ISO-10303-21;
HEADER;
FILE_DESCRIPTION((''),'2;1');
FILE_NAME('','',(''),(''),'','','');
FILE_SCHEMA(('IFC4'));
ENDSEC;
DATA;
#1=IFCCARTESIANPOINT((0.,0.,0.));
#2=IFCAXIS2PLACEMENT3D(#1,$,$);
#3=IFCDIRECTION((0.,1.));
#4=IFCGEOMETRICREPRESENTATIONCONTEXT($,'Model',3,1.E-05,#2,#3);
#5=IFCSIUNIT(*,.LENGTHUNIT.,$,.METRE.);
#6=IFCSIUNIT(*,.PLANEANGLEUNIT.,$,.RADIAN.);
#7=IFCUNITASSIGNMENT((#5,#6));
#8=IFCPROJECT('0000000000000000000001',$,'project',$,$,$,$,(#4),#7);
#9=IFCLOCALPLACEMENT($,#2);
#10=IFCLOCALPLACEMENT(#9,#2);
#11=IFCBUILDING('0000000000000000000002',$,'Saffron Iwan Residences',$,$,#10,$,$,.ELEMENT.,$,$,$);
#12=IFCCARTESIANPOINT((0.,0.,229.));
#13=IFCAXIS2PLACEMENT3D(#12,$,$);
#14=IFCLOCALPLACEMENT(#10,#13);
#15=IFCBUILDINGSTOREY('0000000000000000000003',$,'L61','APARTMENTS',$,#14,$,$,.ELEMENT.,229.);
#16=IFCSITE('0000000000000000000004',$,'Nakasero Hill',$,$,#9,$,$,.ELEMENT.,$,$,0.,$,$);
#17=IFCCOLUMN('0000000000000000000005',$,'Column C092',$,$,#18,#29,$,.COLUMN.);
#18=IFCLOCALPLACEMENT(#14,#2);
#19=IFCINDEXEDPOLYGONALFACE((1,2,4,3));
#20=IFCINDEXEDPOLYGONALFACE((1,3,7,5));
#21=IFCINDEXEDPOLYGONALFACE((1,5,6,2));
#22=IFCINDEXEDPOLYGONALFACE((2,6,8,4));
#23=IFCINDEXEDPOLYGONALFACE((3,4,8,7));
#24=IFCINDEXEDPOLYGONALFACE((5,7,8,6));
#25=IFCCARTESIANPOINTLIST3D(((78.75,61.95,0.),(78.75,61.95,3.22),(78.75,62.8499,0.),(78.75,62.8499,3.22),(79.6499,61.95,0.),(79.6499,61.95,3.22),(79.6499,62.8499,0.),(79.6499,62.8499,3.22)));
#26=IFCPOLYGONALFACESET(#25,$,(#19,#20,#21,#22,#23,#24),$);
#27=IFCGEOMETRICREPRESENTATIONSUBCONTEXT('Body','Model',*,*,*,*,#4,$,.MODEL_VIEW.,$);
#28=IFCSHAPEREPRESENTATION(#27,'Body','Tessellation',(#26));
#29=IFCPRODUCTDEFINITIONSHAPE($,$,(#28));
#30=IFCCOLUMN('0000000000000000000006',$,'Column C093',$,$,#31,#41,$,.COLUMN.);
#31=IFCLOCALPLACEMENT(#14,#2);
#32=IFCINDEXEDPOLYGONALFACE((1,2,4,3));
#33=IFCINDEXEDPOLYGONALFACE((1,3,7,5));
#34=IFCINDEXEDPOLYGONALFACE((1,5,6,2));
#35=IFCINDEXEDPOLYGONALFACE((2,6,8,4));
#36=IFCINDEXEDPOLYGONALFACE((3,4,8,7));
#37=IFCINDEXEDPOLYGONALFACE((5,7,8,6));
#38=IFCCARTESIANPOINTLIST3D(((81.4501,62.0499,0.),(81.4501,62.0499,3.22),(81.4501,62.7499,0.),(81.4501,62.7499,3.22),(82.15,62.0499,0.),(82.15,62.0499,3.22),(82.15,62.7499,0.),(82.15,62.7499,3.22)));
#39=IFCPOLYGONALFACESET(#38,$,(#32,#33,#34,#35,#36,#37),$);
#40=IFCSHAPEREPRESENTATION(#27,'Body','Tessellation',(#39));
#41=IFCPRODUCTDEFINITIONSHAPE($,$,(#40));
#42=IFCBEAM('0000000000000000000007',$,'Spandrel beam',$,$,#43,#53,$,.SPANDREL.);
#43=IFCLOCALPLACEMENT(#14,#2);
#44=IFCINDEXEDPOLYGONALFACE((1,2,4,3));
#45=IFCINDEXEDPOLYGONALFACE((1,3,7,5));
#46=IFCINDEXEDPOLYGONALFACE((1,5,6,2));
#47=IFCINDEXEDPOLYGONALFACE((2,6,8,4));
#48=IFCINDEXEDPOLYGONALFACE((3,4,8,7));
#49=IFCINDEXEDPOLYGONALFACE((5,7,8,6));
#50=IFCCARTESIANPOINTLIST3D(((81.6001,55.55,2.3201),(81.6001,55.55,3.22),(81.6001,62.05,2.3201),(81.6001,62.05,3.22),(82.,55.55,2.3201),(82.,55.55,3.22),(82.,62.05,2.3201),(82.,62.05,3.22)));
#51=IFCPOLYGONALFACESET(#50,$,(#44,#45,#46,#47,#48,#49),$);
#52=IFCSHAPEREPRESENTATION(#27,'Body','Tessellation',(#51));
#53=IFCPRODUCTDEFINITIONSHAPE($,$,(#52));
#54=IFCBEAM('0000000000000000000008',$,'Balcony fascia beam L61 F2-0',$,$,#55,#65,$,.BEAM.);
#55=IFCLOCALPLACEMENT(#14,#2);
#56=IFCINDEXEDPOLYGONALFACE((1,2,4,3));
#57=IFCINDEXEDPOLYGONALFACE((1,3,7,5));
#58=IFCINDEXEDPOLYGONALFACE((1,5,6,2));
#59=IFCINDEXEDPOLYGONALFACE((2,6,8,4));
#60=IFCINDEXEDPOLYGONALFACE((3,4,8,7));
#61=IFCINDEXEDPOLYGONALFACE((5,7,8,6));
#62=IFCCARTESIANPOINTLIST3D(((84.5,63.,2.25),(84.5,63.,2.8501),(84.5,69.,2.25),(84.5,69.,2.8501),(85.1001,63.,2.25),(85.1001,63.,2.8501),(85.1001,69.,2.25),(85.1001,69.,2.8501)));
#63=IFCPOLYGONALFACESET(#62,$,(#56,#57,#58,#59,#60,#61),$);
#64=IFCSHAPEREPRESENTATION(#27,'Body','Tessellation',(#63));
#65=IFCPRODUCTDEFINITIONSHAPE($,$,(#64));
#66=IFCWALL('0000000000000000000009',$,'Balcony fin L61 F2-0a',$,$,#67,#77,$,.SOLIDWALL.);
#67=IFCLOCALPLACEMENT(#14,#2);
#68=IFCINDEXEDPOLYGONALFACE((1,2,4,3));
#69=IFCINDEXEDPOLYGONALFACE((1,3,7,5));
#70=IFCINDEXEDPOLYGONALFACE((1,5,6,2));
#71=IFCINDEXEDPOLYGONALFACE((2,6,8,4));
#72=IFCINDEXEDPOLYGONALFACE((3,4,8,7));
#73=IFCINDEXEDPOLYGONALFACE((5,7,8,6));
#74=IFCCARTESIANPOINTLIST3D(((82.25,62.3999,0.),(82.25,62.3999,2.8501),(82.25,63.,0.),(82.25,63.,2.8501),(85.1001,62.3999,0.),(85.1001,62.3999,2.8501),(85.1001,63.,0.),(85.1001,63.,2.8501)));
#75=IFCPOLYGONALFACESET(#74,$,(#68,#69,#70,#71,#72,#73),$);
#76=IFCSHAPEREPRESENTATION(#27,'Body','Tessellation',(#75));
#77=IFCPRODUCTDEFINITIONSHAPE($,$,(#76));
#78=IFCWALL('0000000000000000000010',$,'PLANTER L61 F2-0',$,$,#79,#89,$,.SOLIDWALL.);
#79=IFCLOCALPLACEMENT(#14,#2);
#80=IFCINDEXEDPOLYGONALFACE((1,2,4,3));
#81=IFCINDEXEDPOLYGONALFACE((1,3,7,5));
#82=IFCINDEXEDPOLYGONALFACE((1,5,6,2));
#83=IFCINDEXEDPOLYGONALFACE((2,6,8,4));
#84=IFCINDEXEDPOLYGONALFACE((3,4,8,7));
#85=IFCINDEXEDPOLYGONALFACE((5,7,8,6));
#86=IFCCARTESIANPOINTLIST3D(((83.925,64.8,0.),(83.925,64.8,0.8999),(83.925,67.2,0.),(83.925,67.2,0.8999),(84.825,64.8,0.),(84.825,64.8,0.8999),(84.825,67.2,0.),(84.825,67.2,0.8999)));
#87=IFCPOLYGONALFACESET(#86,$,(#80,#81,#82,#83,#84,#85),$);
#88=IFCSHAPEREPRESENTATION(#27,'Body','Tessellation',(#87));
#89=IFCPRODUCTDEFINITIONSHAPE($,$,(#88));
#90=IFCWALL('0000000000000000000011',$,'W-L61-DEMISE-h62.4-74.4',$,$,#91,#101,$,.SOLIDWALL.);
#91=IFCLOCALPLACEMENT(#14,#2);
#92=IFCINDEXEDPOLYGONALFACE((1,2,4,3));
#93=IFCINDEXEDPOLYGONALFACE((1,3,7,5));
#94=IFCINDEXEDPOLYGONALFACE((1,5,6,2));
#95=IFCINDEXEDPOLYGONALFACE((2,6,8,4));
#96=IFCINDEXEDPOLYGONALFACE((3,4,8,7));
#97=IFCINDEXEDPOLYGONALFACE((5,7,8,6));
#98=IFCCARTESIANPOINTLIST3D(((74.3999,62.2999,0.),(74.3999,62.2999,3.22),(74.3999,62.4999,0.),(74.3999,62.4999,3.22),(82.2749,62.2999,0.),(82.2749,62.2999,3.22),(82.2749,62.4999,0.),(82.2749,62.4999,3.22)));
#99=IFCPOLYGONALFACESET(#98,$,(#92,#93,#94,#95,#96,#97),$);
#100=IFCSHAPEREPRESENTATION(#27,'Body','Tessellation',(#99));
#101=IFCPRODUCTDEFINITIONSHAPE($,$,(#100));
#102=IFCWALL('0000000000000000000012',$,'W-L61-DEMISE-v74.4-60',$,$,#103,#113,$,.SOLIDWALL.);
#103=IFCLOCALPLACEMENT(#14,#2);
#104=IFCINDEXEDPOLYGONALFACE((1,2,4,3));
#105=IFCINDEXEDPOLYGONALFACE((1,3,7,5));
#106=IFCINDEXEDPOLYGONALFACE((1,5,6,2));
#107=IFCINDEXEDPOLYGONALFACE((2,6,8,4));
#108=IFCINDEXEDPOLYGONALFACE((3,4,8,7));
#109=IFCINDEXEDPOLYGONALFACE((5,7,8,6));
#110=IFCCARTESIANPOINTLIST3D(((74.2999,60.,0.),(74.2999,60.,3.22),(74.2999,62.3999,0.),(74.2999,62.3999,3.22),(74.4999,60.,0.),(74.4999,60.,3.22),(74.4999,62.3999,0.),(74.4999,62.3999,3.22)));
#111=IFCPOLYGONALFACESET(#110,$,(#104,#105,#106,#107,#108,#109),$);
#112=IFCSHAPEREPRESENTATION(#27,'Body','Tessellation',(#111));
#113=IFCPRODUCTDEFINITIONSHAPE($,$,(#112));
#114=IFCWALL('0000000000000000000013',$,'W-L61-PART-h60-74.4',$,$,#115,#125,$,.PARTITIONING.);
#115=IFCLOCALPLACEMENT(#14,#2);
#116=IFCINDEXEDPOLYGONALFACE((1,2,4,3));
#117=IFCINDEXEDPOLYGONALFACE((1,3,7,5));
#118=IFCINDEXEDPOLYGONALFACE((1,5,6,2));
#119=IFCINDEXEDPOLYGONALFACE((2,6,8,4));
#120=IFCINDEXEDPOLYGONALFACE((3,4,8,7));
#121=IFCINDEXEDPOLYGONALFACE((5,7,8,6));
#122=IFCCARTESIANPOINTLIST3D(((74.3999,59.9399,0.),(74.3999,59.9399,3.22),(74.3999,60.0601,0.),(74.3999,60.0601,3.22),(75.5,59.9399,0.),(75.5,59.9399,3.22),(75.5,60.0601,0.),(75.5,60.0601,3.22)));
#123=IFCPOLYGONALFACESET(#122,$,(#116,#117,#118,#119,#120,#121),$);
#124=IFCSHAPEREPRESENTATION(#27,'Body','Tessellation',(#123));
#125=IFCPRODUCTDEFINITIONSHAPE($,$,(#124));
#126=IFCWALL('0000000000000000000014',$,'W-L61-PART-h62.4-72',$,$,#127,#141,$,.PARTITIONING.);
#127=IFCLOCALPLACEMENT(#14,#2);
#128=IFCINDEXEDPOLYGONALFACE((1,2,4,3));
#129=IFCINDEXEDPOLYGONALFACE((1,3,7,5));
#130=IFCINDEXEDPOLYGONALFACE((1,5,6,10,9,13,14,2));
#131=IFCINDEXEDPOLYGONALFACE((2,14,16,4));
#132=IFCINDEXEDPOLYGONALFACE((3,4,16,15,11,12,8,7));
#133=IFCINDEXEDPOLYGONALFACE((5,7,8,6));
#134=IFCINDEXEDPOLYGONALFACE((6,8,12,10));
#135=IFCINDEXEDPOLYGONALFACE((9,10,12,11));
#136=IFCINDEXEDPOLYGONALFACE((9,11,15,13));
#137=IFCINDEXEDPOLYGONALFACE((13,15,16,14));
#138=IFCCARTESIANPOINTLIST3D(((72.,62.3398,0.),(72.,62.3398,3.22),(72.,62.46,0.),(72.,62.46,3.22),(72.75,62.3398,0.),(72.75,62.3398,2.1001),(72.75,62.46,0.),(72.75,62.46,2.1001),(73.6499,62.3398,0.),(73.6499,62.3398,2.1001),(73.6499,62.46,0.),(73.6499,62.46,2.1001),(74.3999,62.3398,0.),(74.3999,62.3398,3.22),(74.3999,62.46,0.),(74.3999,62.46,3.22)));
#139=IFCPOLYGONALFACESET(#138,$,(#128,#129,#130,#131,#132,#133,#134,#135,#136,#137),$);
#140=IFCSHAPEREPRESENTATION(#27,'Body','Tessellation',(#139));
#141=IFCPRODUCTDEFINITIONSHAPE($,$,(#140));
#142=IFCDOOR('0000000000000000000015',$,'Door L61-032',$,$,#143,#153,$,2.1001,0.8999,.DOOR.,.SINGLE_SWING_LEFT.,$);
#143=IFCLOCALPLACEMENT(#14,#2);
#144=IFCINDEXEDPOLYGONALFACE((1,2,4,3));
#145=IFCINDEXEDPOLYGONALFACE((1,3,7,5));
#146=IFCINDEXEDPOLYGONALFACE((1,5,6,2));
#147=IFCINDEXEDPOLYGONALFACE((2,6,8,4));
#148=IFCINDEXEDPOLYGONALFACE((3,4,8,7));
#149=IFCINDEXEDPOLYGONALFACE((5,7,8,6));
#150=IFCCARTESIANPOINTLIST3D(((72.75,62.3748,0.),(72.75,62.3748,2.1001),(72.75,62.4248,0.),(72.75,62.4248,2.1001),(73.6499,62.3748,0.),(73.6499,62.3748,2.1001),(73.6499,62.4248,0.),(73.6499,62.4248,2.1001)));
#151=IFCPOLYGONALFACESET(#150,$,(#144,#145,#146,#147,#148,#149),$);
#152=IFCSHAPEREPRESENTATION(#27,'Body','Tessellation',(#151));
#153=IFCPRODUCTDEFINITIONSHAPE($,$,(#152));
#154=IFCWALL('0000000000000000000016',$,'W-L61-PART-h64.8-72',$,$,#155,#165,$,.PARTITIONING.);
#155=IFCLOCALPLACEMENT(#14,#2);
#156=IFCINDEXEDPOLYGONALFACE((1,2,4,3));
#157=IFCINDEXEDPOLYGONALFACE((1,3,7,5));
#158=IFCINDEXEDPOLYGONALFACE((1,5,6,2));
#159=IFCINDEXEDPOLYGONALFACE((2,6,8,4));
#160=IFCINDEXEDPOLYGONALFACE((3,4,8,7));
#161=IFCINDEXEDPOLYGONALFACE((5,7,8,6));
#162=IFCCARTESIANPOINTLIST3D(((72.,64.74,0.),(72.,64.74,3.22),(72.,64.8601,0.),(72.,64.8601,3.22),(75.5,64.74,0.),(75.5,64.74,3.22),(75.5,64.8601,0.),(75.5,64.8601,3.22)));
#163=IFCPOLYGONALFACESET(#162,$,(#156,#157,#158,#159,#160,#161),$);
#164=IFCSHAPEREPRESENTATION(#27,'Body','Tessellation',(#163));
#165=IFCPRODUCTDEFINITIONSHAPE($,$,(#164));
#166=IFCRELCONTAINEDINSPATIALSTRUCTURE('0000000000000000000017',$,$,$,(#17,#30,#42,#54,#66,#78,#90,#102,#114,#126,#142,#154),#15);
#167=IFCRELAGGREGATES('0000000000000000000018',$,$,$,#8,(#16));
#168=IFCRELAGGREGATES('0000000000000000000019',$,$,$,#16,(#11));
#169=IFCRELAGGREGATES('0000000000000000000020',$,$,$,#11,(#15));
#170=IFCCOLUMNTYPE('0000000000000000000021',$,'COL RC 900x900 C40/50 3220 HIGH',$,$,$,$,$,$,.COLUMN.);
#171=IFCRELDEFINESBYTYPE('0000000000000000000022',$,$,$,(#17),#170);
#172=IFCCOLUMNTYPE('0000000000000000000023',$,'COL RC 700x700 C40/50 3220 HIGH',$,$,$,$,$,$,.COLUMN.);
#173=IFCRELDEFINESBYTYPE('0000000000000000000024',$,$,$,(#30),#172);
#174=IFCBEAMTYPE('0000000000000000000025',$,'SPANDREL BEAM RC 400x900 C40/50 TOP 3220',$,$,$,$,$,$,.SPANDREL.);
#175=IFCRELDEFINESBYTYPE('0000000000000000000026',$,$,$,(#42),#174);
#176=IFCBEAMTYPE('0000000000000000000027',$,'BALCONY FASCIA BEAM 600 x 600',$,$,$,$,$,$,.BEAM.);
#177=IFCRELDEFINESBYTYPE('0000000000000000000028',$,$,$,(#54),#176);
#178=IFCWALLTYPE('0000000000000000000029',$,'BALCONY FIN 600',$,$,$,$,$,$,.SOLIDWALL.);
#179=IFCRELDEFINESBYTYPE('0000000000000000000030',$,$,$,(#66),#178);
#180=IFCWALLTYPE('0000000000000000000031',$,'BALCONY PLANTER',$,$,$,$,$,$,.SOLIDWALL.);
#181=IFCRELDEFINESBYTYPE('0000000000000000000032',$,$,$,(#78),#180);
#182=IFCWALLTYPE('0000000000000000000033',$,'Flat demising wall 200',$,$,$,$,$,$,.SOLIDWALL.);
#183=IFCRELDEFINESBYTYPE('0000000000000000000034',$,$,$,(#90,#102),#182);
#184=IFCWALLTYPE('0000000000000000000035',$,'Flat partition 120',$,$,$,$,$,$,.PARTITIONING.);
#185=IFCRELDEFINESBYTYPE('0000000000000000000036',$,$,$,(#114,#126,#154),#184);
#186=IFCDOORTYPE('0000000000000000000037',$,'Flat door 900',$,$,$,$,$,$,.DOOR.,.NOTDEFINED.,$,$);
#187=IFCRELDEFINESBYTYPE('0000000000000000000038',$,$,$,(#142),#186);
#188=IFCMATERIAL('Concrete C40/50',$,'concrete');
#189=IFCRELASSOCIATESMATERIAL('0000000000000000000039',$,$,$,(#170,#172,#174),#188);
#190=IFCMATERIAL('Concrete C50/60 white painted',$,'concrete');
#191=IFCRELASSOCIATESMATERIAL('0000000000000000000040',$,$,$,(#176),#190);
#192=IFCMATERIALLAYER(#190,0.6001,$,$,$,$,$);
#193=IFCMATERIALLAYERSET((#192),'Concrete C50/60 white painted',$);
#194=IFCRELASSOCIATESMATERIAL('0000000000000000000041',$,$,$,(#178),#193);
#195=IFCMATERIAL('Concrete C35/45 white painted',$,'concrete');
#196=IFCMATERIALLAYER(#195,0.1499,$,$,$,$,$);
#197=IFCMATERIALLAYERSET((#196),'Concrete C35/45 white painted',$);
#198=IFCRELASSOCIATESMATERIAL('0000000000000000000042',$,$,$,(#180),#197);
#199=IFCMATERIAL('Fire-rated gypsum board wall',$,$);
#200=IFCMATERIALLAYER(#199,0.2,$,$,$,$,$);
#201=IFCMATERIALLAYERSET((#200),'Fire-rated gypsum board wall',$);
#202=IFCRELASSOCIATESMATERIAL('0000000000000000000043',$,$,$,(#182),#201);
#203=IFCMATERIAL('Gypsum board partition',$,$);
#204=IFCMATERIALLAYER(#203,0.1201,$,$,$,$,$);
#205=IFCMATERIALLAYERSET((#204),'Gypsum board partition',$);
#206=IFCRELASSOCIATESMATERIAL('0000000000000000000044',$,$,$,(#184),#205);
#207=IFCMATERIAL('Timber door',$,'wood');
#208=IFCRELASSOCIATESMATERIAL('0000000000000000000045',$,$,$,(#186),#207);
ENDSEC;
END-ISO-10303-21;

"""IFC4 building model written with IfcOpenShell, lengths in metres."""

from ifc_helpers import new_model, si_unit, direction, frame, frame_2d, origin, origin_2d, place, context, subcontext, project, spatial, rectangle, extrude, source, transform, mapped, material, layer, layer_set, material_profile, profile_set, type_object, element, fill, save


model = new_model("IFC4")

# Units and contexts
model_context = context("Model", 3, precision=1e-05, world=origin(), true_north=direction((0.0, 1.0)))
body_context = subcontext(model_context, "Body", "Model", "MODEL_VIEW")
ifc_project = project(units=[si_unit("LENGTHUNIT", "METRE"), si_unit("PLANEANGLEUNIT", "RADIAN")], contexts=[model_context])

# Site, building, storey
site_placement = place(None, origin())
site = spatial("IfcSite", under=ifc_project, at=site_placement, Name="Nakasero Hill", CompositionType="ELEMENT", RefElevation=0.0)
building_placement = place(site_placement, origin())
building = spatial("IfcBuilding", under=site, at=building_placement, Name="Saffron Iwan Residences", CompositionType="ELEMENT")
storey_placement = place(building_placement, frame((0.0, 0.0, 229.0)))
storey = spatial("IfcBuildingStorey", under=building, at=storey_placement, Name="L61", Description="APARTMENTS", CompositionType="ELEMENT", Elevation=229.0)

# Columns
ifc_material_1 = material(Name="Concrete C40/50", Category="concrete")
ifc_material_profile_1 = material_profile(ifc_material_1, rectangle(XDim=0.8999, YDim=0.8999, at=origin_2d()), Name="RC 900x900")
ifc_profile_set_1 = profile_set([ifc_material_profile_1], Name="Concrete C40/50")
column_type_1 = type_object("IfcColumnType", Name="COL RC 900x900 C40/50 3220 HIGH", PredefinedType="COLUMN", material=ifc_profile_set_1)
shared_shape_1 = source(origin(), body_context, "Body", "SweptSolid", [
    extrude(rectangle(XDim=0.8999, YDim=0.8999, at=origin_2d()), origin(), (0.0, 0.0, 1.0), 3.22),
])
column_1_placement = place(storey_placement, frame((79.2, 62.3999, 0.0), z_axis=(0.0, 0.0, 1.0), x_axis=(1.0, 0.0, 0.0)))
element("IfcColumn", 1, at=column_1_placement, inside=storey, type_object=column_type_1, Name="Column C092", PredefinedType="COLUMN", context=body_context, shape_type="MappedRepresentation", body=[
    mapped(shared_shape_1, transform((0.0, 0.0, 0.0))),
])
ifc_material_profile_2 = material_profile(ifc_material_1, rectangle(XDim=0.7, YDim=0.7, at=origin_2d()), Name="RC 700x700")
ifc_profile_set_2 = profile_set([ifc_material_profile_2], Name="Concrete C40/50")
column_type_2 = type_object("IfcColumnType", Name="COL RC 700x700 C40/50 3220 HIGH", PredefinedType="COLUMN", material=ifc_profile_set_2)
shared_shape_2 = source(origin(), body_context, "Body", "SweptSolid", [
    extrude(rectangle(XDim=0.7, YDim=0.7, at=origin_2d()), origin(), (0.0, 0.0, 1.0), 3.22),
])
column_2_placement = place(storey_placement, frame((81.8, 62.3999, 0.0), z_axis=(0.0, 0.0, 1.0), x_axis=(1.0, 0.0, 0.0)))
element("IfcColumn", 2, at=column_2_placement, inside=storey, type_object=column_type_2, Name="Column C093", PredefinedType="COLUMN", context=body_context, shape_type="MappedRepresentation", body=[
    mapped(shared_shape_2, transform((0.0, 0.0, 0.0))),
])

# Beams
ifc_material_profile_3 = material_profile(ifc_material_1, rectangle(XDim=0.3999, YDim=0.8999, at=origin_2d()), Name="RC 400x900")
ifc_profile_set_3 = profile_set([ifc_material_profile_3], Name="Concrete C40/50")
beam_type_1 = type_object("IfcBeamType", Name="SPANDREL BEAM RC 400x900 C40/50 TOP 3220", PredefinedType="SPANDREL", material=ifc_profile_set_3)
shared_shape_3 = source(origin(), body_context, "Body", "SweptSolid", [
    extrude(rectangle(XDim=0.3999, YDim=0.8999, at=origin_2d()), origin(), (0.0, 0.0, 1.0), 6.5),
])
beam_1_placement = place(storey_placement, frame((81.8, 62.05, 2.77), z_axis=(0.0, -1.0, 0.0), x_axis=(1.0, 0.0, 0.0)))
element("IfcBeam", 3, at=beam_1_placement, inside=storey, type_object=beam_type_1, Name="Spandrel beam", PredefinedType="SPANDREL", context=body_context, shape_type="MappedRepresentation", body=[
    mapped(shared_shape_3, transform((0.0, 0.0, 0.0))),
])
ifc_material_2 = material(Name="Concrete C50/60 white painted", Category="concrete")
ifc_material_profile_4 = material_profile(ifc_material_2, rectangle(XDim=0.6001, YDim=0.6001, at=origin_2d()), Name="BALCONY FASCIA BEAM 600 x 600")
ifc_profile_set_4 = profile_set([ifc_material_profile_4], Name="Concrete C50/60 white painted")
beam_type_2 = type_object("IfcBeamType", Name="BALCONY FASCIA BEAM 600 x 600", PredefinedType="BEAM", material=ifc_profile_set_4)
shared_shape_4 = source(origin(), body_context, "Body", "SweptSolid", [
    extrude(rectangle(XDim=0.6001, YDim=0.6001, at=origin_2d()), origin(), (0.0, 0.0, 1.0), 6.0),
])
beam_2_placement = place(storey_placement, frame((84.8, 63.0, 2.55), z_axis=(0.0, 1.0, 0.0), x_axis=(-1.0, 0.0, 0.0)))
element("IfcBeam", 4, at=beam_2_placement, inside=storey, type_object=beam_type_2, Name="Balcony fascia beam L61 F2-0", PredefinedType="BEAM", context=body_context, shape_type="MappedRepresentation", body=[
    mapped(shared_shape_4, transform((0.0, 0.0, 0.0))),
])

# Walls
ifc_layer_1 = layer(ifc_material_2, 0.6001)
ifc_layer_set_1 = layer_set([ifc_layer_1], Name="Concrete C50/60 white painted")
wall_type_1 = type_object("IfcWallType", Name="BALCONY FIN 600", PredefinedType="SOLIDWALL", material=ifc_layer_set_1)
wall_1_placement = place(storey_placement, frame((82.25, 62.7, 0.0), z_axis=(0.0, 0.0, 1.0), x_axis=(1.0, 0.0, 0.0)))
element("IfcWall", 5, at=wall_1_placement, inside=storey, type_object=wall_type_1, Name="Balcony fin L61 F2-0a", PredefinedType="SOLIDWALL", context=body_context, shape_type="SweptSolid", body=[
    extrude(rectangle(XDim=2.8501, YDim=0.6001, at=frame_2d((1.425, 0.0))), origin(), (0.0, 0.0, 1.0), 2.8501),
])
ifc_material_3 = material(Name="Concrete C35/45 white painted", Category="concrete")
ifc_layer_2 = layer(ifc_material_3, 0.1499)
ifc_layer_set_2 = layer_set([ifc_layer_2], Name="Concrete C35/45 white painted")
wall_type_2 = type_object("IfcWallType", Name="BALCONY PLANTER", PredefinedType="SOLIDWALL", material=ifc_layer_set_2)
wall_2_placement = place(storey_placement, frame((84.375, 64.8, 0.0), z_axis=(0.0, 0.0, 1.0), x_axis=(0.0, 1.0, 0.0)))
element("IfcWall", 6, at=wall_2_placement, inside=storey, type_object=wall_type_2, Name="PLANTER L61 F2-0", PredefinedType="SOLIDWALL", context=body_context, shape_type="SweptSolid", body=[
    extrude(rectangle(XDim=2.3999, YDim=0.8999, at=frame_2d((1.2, 0.0))), origin(), (0.0, 0.0, 1.0), 0.8999),
])

# Walls
ifc_material_4 = material(Name="Fire-rated gypsum board wall")
ifc_layer_3 = layer(ifc_material_4, 0.2)
ifc_layer_set_3 = layer_set([ifc_layer_3], Name="Fire-rated gypsum board wall")
wall_type_3 = type_object("IfcWallType", Name="Flat demising wall 200", PredefinedType="SOLIDWALL", material=ifc_layer_set_3)
wall_3_placement = place(storey_placement, frame((74.3999, 62.3999, 0.0), z_axis=(0.0, 0.0, 1.0), x_axis=(1.0, 0.0, 0.0)))
element("IfcWall", 7, at=wall_3_placement, inside=storey, type_object=wall_type_3, Name="W-L61-DEMISE-h62.4-74.4", PredefinedType="SOLIDWALL", context=body_context, shape_type="SweptSolid", body=[
    extrude(rectangle(XDim=7.875, YDim=0.2, at=frame_2d((3.9375, 0.0))), origin(), (0.0, 0.0, 1.0), 3.22),
])
wall_4_placement = place(storey_placement, frame((74.3999, 60.0, 0.0), z_axis=(0.0, 0.0, 1.0), x_axis=(0.0, 1.0, 0.0)))
element("IfcWall", 8, at=wall_4_placement, inside=storey, type_object=wall_type_3, Name="W-L61-DEMISE-v74.4-60", PredefinedType="SOLIDWALL", context=body_context, shape_type="SweptSolid", body=[
    extrude(rectangle(XDim=2.3999, YDim=0.2, at=frame_2d((1.2, 0.0))), origin(), (0.0, 0.0, 1.0), 3.22),
])
ifc_material_5 = material(Name="Gypsum board partition")
ifc_layer_4 = layer(ifc_material_5, 0.1201)
ifc_layer_set_4 = layer_set([ifc_layer_4], Name="Gypsum board partition")
wall_type_4 = type_object("IfcWallType", Name="Flat partition 120", PredefinedType="PARTITIONING", material=ifc_layer_set_4)
wall_5_placement = place(storey_placement, frame((74.3999, 60.0, 0.0), z_axis=(0.0, 0.0, 1.0), x_axis=(1.0, 0.0, 0.0)))
element("IfcWall", 9, at=wall_5_placement, inside=storey, type_object=wall_type_4, Name="W-L61-PART-h60-74.4", PredefinedType="PARTITIONING", context=body_context, shape_type="SweptSolid", body=[
    extrude(rectangle(XDim=1.1001, YDim=0.1201, at=frame_2d((0.55, 0.0))), origin(), (0.0, 0.0, 1.0), 3.22),
])

# Wall, opening, door
wall_6_placement = place(storey_placement, frame((72.0, 62.3999, 0.0), z_axis=(0.0, 0.0, 1.0), x_axis=(1.0, 0.0, 0.0)))
wall_6 = element("IfcWall", 10, at=wall_6_placement, inside=storey, type_object=wall_type_4, Name="W-L61-PART-h62.4-72", PredefinedType="PARTITIONING", context=body_context, shape_type="SweptSolid", body=[
    extrude(rectangle(XDim=2.3999, YDim=0.1201, at=frame_2d((1.2, 0.0))), origin(), (0.0, 0.0, 1.0), 3.22),
])
opening_1_placement = place(wall_6_placement, frame((0.75, 0.0, 0.0)))
opening_1 = element("IfcOpeningElement", 11, at=opening_1_placement, cuts=wall_6, PredefinedType="OPENING", context=body_context, shape_type="SweptSolid", body=[
    extrude(rectangle(XDim=0.8999, YDim=2.1001, at=frame_2d((0.45, 1.05))), frame((0.0, 0.0701, 0.0), z_axis=(0.0, -1.0, 0.0), x_axis=(1.0, 0.0, 0.0)), (0.0, 0.0, 1.0), 0.1401),
])
ifc_material_6 = material(Name="Timber door", Category="wood")
door_type_1 = type_object("IfcDoorType", Name="Flat door 900", OperationType="NOTDEFINED", PredefinedType="DOOR", material=ifc_material_6)
door_1_placement = place(opening_1_placement, origin())
door_1 = element("IfcDoor", 12, at=door_1_placement, inside=storey, type_object=door_type_1, Name="Door L61-032", OperationType="SINGLE_SWING_LEFT", OverallHeight=2.1001, OverallWidth=0.8999, PredefinedType="DOOR", context=body_context, shape_type="SweptSolid", body=[
    extrude(rectangle(XDim=0.8999, YDim=2.1001, at=frame_2d((0.45, 1.05))), frame((0.0, 0.0249, 0.0), z_axis=(0.0, -1.0, 0.0), x_axis=(1.0, 0.0, 0.0)), (0.0, 0.0, 1.0), 0.05),
])
fill(opening_1, door_1)

# Wall
wall_7_placement = place(storey_placement, frame((72.0, 64.8, 0.0), z_axis=(0.0, 0.0, 1.0), x_axis=(1.0, 0.0, 0.0)))
element("IfcWall", 13, at=wall_7_placement, inside=storey, type_object=wall_type_4, Name="W-L61-PART-h64.8-72", PredefinedType="PARTITIONING", context=body_context, shape_type="SweptSolid", body=[
    extrude(rectangle(XDim=3.5, YDim=0.1201, at=frame_2d((1.75, 0.0))), origin(), (0.0, 0.0, 1.0), 3.22),
])

save(model, "model.ifc")
